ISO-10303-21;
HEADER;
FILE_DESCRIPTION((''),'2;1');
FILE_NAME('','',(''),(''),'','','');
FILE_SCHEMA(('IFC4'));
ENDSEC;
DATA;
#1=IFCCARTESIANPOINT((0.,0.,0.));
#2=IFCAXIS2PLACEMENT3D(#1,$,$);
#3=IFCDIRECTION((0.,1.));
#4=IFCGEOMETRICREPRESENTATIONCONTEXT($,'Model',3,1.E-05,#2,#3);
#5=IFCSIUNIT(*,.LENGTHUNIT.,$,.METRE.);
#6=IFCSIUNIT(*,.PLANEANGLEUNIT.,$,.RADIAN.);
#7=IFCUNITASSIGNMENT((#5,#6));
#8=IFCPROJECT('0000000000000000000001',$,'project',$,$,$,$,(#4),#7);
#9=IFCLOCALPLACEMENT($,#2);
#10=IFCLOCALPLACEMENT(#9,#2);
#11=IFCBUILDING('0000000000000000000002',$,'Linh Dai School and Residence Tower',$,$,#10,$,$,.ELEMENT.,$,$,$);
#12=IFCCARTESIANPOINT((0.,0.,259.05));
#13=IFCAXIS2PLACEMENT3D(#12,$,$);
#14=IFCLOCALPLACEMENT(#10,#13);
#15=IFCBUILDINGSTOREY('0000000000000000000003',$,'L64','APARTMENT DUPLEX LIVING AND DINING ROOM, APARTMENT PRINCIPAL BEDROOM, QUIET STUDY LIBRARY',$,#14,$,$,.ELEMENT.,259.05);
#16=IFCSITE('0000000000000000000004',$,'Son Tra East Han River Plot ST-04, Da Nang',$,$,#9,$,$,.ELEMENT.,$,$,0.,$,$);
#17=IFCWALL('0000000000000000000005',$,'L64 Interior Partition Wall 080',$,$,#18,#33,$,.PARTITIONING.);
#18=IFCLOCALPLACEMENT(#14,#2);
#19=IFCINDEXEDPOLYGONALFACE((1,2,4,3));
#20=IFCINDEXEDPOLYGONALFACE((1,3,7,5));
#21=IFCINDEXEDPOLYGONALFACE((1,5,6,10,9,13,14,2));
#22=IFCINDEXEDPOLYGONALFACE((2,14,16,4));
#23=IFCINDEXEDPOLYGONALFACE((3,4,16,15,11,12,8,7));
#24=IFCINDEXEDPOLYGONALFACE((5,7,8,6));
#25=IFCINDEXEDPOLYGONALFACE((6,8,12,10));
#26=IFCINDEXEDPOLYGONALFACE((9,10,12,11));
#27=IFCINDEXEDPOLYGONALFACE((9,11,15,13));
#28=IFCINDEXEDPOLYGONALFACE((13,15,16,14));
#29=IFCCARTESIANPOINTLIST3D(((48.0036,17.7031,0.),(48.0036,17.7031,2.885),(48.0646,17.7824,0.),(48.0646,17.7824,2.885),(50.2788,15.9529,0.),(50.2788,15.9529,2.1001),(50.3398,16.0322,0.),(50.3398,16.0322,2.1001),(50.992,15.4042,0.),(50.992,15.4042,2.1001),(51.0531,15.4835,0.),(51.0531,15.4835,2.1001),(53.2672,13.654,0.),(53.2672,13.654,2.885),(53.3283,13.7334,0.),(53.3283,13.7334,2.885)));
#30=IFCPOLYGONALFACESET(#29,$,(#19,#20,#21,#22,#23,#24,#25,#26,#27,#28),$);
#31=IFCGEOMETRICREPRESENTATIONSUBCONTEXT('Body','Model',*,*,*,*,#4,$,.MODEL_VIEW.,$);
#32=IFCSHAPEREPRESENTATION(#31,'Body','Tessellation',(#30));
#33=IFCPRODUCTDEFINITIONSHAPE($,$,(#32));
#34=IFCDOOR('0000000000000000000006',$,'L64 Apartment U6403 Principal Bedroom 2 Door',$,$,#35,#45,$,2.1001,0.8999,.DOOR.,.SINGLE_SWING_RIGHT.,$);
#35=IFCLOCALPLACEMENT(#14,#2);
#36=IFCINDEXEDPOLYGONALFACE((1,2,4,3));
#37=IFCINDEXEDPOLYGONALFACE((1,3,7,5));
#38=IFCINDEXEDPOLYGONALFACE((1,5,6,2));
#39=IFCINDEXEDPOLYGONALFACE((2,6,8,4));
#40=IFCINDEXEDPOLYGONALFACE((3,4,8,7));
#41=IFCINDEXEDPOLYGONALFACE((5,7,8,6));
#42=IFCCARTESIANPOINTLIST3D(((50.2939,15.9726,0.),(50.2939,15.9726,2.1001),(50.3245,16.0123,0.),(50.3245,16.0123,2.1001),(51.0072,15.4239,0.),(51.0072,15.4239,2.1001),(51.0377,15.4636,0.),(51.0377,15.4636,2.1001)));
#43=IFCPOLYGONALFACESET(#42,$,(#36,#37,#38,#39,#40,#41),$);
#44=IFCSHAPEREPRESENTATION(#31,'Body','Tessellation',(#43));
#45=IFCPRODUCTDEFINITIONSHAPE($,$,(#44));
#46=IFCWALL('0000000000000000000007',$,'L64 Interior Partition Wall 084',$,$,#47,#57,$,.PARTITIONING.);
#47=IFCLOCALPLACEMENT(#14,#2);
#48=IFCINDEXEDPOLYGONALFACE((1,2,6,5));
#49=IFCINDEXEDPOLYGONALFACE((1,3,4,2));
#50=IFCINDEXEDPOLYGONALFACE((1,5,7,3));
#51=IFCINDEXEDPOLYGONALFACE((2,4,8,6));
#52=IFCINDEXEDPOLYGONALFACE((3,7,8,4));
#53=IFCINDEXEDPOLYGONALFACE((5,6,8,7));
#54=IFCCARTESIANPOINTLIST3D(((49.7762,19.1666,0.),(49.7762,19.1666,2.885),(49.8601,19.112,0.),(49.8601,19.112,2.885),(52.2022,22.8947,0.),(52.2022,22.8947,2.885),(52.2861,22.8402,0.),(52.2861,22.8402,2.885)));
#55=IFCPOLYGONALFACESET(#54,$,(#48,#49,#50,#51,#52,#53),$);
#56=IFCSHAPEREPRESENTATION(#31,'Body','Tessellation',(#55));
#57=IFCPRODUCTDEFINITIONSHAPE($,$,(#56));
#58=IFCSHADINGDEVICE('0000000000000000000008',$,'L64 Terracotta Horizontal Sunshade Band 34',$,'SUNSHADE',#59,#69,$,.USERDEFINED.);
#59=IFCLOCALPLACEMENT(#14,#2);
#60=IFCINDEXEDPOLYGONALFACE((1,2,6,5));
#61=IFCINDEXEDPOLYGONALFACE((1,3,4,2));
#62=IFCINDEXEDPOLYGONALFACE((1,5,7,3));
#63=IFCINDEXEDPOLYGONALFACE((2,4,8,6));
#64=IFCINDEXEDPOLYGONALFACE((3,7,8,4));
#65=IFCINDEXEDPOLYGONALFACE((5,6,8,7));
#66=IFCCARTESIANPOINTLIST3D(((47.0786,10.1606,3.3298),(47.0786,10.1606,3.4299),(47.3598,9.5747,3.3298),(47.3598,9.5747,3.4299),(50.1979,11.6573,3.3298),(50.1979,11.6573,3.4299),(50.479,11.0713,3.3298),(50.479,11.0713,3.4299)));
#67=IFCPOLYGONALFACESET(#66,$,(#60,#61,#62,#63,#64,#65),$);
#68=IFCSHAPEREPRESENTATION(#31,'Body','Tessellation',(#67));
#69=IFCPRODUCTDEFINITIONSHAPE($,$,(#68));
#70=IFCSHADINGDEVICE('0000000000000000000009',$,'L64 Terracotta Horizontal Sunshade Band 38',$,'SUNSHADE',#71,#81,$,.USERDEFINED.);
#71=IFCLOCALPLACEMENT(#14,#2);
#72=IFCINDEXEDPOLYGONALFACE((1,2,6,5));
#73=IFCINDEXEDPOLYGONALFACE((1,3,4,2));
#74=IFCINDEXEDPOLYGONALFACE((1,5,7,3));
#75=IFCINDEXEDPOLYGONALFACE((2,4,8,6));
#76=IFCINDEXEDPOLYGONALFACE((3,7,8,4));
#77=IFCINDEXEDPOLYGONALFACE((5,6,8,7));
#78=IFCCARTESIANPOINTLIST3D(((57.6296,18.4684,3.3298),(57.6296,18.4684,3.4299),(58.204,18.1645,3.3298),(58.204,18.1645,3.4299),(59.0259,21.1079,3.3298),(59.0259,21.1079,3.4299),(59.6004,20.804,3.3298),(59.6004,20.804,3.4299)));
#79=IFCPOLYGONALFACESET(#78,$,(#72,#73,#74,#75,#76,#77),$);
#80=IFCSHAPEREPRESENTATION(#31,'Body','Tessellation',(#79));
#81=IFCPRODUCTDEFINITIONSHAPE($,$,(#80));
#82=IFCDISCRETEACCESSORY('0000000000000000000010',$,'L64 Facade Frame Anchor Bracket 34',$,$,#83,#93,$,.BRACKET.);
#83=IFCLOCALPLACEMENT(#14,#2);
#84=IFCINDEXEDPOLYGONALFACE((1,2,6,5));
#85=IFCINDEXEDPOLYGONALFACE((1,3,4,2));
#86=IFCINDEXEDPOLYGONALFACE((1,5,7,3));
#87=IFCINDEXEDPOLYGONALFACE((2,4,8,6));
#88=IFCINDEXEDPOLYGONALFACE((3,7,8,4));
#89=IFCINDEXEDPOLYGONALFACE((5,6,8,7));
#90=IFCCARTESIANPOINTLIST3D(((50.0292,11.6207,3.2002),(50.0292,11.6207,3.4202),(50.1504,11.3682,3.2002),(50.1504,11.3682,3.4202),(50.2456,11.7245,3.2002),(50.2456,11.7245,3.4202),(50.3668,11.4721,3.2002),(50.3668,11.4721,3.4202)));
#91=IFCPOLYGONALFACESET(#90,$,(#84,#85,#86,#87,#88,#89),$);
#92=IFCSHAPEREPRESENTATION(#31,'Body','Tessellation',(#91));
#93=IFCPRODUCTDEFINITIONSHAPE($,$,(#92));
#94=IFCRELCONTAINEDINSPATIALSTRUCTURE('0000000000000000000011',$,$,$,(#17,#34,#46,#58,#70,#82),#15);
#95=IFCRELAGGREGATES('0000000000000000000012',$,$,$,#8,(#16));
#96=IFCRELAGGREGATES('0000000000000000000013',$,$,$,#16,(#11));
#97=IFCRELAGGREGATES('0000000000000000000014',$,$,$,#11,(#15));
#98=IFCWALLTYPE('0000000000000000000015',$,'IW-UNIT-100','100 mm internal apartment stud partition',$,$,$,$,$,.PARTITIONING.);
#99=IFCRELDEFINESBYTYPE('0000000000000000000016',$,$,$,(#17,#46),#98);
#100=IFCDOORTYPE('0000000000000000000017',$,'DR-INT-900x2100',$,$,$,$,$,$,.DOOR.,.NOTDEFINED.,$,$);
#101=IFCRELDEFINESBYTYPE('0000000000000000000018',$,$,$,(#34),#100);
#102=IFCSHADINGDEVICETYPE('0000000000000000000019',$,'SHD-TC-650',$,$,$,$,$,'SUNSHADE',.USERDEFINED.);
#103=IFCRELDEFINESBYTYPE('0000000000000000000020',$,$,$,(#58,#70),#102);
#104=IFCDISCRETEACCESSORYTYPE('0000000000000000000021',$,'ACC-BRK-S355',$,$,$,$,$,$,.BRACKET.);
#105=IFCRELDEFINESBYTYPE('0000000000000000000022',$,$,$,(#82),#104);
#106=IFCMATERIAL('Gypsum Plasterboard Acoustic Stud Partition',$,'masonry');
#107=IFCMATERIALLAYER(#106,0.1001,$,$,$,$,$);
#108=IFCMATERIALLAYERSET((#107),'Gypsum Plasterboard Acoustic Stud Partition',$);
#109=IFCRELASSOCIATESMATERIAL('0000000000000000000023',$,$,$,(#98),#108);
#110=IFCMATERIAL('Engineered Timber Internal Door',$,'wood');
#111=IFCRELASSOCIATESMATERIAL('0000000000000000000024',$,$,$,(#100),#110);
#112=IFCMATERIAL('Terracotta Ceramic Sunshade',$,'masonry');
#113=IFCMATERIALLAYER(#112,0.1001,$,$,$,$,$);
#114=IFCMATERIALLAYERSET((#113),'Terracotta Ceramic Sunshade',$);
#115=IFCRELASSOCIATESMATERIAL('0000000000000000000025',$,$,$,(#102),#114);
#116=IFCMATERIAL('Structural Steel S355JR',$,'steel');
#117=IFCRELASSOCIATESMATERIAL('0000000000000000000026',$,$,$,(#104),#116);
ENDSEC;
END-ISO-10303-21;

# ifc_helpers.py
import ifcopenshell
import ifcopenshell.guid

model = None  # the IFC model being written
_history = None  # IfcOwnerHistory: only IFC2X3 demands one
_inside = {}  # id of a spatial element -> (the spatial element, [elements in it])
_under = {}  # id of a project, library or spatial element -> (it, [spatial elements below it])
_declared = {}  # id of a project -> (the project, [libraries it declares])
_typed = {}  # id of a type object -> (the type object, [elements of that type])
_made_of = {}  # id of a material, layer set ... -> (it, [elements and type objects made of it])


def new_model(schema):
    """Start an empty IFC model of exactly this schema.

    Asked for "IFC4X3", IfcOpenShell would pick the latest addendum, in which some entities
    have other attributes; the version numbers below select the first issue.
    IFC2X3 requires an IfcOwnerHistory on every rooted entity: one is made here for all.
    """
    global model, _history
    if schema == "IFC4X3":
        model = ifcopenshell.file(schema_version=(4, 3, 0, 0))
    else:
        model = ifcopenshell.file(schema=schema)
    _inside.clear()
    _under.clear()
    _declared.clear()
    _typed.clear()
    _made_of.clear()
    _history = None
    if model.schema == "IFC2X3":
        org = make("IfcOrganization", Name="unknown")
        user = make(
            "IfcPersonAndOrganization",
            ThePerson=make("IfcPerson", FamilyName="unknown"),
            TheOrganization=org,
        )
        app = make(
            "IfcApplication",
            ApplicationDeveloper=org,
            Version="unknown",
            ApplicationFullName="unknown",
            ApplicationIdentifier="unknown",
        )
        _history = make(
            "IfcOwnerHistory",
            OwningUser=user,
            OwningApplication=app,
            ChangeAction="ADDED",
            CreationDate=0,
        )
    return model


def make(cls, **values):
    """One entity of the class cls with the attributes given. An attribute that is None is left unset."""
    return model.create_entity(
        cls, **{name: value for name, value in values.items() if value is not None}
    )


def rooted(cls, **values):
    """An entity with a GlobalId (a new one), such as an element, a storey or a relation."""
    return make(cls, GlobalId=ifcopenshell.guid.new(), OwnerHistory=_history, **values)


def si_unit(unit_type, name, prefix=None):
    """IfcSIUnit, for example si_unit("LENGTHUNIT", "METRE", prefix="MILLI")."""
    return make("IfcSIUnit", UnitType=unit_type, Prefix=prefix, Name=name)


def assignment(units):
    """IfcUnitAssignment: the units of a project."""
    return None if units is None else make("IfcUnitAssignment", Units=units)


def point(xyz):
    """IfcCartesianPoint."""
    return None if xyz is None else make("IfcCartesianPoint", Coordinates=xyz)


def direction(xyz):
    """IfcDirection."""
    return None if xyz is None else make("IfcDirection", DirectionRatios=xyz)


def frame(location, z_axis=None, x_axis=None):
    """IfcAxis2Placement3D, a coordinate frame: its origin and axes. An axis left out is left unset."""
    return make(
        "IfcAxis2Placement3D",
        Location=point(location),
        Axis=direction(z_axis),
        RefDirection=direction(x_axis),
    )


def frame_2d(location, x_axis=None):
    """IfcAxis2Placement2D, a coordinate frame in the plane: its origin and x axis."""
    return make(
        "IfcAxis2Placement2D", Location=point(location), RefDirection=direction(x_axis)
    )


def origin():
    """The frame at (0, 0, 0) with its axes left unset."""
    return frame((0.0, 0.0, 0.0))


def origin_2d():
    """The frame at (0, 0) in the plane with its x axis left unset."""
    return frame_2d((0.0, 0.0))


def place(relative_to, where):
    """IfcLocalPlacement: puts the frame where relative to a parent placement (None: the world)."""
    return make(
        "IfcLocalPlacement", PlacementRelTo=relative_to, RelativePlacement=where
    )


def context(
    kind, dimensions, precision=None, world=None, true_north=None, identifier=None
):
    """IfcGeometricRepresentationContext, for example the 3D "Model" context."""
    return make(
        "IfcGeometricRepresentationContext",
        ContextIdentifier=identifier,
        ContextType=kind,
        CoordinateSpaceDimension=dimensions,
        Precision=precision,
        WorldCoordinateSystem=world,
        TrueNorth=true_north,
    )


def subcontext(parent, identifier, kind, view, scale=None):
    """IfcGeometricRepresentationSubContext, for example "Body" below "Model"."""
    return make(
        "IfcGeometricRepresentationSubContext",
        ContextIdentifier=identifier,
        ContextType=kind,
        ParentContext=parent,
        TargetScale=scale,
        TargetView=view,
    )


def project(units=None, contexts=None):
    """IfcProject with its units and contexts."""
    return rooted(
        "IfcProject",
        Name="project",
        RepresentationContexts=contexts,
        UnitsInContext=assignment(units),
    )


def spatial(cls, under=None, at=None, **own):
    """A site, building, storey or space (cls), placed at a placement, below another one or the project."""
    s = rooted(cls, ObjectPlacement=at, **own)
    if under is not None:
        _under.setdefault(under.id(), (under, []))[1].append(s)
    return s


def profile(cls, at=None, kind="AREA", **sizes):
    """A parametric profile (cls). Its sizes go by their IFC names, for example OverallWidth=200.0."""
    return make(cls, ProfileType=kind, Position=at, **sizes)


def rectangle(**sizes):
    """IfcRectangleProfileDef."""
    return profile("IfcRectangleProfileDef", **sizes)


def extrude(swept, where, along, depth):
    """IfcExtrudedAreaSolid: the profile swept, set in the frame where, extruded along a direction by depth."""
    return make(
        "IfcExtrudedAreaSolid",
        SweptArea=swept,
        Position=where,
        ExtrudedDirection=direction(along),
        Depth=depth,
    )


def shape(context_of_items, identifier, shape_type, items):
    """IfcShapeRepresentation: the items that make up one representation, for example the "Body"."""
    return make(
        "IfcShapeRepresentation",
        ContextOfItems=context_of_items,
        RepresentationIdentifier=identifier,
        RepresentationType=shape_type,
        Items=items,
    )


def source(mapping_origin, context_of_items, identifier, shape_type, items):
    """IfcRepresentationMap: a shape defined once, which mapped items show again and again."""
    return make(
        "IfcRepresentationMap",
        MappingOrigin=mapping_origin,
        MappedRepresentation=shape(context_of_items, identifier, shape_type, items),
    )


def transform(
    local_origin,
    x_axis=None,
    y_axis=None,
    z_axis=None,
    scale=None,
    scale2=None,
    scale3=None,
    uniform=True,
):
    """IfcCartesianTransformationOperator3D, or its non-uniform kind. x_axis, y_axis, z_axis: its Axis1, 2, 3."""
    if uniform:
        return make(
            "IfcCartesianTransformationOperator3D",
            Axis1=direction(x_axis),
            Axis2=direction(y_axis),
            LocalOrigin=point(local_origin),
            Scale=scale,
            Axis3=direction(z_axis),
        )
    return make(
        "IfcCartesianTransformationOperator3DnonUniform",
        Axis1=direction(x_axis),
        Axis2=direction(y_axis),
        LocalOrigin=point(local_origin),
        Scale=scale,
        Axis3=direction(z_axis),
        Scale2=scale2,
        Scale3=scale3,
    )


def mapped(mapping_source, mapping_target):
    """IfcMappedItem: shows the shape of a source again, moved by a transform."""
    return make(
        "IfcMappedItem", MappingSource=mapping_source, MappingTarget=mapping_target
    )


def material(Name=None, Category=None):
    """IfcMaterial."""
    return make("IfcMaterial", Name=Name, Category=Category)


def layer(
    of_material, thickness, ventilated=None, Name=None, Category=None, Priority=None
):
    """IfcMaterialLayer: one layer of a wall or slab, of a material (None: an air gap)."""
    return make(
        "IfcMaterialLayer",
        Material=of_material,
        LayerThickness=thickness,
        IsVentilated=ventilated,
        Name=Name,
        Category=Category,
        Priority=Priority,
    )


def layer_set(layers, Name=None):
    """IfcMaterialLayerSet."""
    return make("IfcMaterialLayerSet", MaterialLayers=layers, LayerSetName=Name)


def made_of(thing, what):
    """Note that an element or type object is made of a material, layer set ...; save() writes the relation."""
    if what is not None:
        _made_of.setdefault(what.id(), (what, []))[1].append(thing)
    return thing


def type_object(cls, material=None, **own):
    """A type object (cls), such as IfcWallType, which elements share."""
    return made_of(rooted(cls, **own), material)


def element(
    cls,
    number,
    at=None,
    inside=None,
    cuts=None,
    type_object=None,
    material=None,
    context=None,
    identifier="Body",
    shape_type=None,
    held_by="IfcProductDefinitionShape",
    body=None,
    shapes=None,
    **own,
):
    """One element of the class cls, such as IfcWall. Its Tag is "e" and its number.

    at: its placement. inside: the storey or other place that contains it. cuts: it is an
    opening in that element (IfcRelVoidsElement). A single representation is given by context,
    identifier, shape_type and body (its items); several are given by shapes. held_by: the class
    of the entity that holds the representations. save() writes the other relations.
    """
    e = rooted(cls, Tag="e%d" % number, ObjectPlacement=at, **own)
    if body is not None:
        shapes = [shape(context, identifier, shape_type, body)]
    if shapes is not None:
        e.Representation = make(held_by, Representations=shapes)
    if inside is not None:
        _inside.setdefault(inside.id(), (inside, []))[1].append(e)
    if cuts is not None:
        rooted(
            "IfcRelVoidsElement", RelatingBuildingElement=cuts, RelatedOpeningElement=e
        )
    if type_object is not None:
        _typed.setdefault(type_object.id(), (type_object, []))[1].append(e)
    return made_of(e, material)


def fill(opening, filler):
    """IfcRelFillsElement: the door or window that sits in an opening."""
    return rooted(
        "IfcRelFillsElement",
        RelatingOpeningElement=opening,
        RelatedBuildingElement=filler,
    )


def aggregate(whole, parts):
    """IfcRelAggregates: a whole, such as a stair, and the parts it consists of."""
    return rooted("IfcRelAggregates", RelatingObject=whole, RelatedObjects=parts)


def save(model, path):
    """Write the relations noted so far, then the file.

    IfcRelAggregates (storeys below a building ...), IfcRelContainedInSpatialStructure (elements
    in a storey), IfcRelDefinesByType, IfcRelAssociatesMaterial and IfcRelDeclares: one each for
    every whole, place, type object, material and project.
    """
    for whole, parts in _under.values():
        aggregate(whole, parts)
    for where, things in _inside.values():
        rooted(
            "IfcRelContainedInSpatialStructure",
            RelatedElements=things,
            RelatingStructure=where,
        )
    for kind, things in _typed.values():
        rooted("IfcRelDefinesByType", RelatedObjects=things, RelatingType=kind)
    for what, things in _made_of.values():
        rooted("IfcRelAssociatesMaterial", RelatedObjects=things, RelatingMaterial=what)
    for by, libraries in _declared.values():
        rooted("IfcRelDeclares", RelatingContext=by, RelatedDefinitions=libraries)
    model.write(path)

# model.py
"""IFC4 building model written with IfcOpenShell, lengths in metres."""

from ifc_helpers import new_model, si_unit, direction, frame, frame_2d, origin, origin_2d, place, context, subcontext, project, spatial, rectangle, extrude, source, transform, mapped, material, layer, layer_set, type_object, element, fill, save


model = new_model("IFC4")

# Units and contexts
model_context = context("Model", 3, precision=1e-05, world=origin(), true_north=direction((0.0, 1.0)))
body_context = subcontext(model_context, "Body", "Model", "MODEL_VIEW")
ifc_project = project(units=[si_unit("LENGTHUNIT", "METRE"), si_unit("PLANEANGLEUNIT", "RADIAN")], contexts=[model_context])

# Site, building, storey
site_placement = place(None, origin())
site = spatial("IfcSite", under=ifc_project, at=site_placement, Name="Son Tra East Han River Plot ST-04, Da Nang", CompositionType="ELEMENT", RefElevation=0.0)
building_placement = place(site_placement, origin())
building = spatial("IfcBuilding", under=site, at=building_placement, Name="Linh Dai School and Residence Tower", CompositionType="ELEMENT")
storey_placement = place(building_placement, frame((0.0, 0.0, 259.05)))
storey = spatial("IfcBuildingStorey", under=building, at=storey_placement, Name="L64", Description="APARTMENT DUPLEX LIVING AND DINING ROOM, APARTMENT PRINCIPAL BEDROOM, QUIET STUDY LIBRARY", CompositionType="ELEMENT", Elevation=259.05)

# Shared definitions
ifc_material_1 = material(Name="Structural Steel S355JR", Category="steel")

# Shared definitions
ifc_material_2 = material(Name="Gypsum Plasterboard Acoustic Stud Partition", Category="masonry")
ifc_layer_1 = layer(ifc_material_2, 0.1001)
ifc_layer_set_1 = layer_set([ifc_layer_1], Name="Gypsum Plasterboard Acoustic Stud Partition")
wall_type_1 = type_object("IfcWallType", Name="IW-UNIT-100", Description="100 mm internal apartment stud partition", PredefinedType="PARTITIONING", material=ifc_layer_set_1)

# Wall, opening, door
wall_1_placement = place(storey_placement, frame((48.0342, 17.7427, 0.0), z_axis=(0.0, 0.0, 1.0), x_axis=(0.792617, -0.60972, 0.0)))
wall_1 = element("IfcWall", 1, at=wall_1_placement, inside=storey, type_object=wall_type_1, Name="L64 Interior Partition Wall 080", PredefinedType="PARTITIONING", context=body_context, shape_type="SweptSolid", body=[
    extrude(rectangle(XDim=6.6409, YDim=0.1001, at=frame_2d((3.3203, 0.0))), origin(), (0.0, 0.0, 1.0), 2.885),
])
opening_1_placement = place(wall_1_placement, frame((2.8704, 0.0, 0.0)))
opening_1 = element("IfcOpeningElement", 2, at=opening_1_placement, cuts=wall_1, PredefinedType="OPENING", context=body_context, shape_type="SweptSolid", body=[
    extrude(rectangle(XDim=0.8999, YDim=2.1001, at=origin_2d()), frame((0.45, 0.0601, 1.05), z_axis=(0.0, -1.0, 0.0), x_axis=(1.0, 0.0, 0.0)), (0.0, 0.0, 1.0), 0.1201),
])
ifc_material_3 = material(Name="Engineered Timber Internal Door", Category="wood")
door_type = type_object("IfcDoorType", Name="DR-INT-900x2100", OperationType="NOTDEFINED", PredefinedType="DOOR", material=ifc_material_3)
shared_shape_1 = source(origin(), body_context, "Body", "SweptSolid", [
    extrude(rectangle(XDim=0.8999, YDim=2.1001, at=origin_2d()), frame((0.45, 0.0249, 1.05), z_axis=(0.0, -1.0, 0.0), x_axis=(1.0, 0.0, 0.0)), (0.0, 0.0, 1.0), 0.05),
])
door_placement = place(opening_1_placement, origin())
door = element("IfcDoor", 3, at=door_placement, inside=storey, type_object=door_type, Name="L64 Apartment U6403 Principal Bedroom 2 Door", OperationType="SINGLE_SWING_RIGHT", OverallHeight=2.1001, OverallWidth=0.8999, PredefinedType="DOOR", context=body_context, shape_type="MappedRepresentation", body=[
    mapped(shared_shape_1, transform((0.0, 0.0, 0.0), x_axis=(1.0, 0.0, 0.0), y_axis=(0.0, 1.0, 0.0), z_axis=(0.0, 0.0, 1.0), scale=1.0)),
])
fill(opening_1, door)

# Wall
wall_2_placement = place(storey_placement, frame((49.8181, 19.1392, 0.0), z_axis=(0.0, 0.0, 1.0), x_axis=(0.545407, 0.838171, 0.0)))
element("IfcWall", 4, at=wall_2_placement, inside=storey, type_object=wall_type_1, Name="L64 Interior Partition Wall 084", PredefinedType="PARTITIONING", context=body_context, shape_type="SweptSolid", body=[
    extrude(rectangle(XDim=4.448, YDim=0.1001, at=frame_2d((2.2241, 0.0))), origin(), (0.0, 0.0, 1.0), 2.885),
])

# Shading devices
ifc_material_4 = material(Name="Terracotta Ceramic Sunshade", Category="masonry")
ifc_layer_2 = layer(ifc_material_4, 0.1001)
ifc_layer_set_2 = layer_set([ifc_layer_2], Name="Terracotta Ceramic Sunshade")
shading_device_type = type_object("IfcShadingDeviceType", Name="SHD-TC-650", ElementType="SUNSHADE", PredefinedType="USERDEFINED", material=ifc_layer_set_2)
shared_shape_2 = source(origin(), body_context, "Body", "SweptSolid", [
    extrude(rectangle(XDim=3.4597, YDim=0.6499, at=origin_2d()), origin(), (0.0, 0.0, 1.0), 0.1001),
])
shading_device_1_placement = place(storey_placement, frame((48.7788, 10.616, 3.3298), z_axis=(0.0, 0.0, 1.0), x_axis=(-0.901589, -0.432594, 0.0)))
element("IfcShadingDevice", 5, at=shading_device_1_placement, inside=storey, type_object=shading_device_type, Name="L64 Terracotta Horizontal Sunshade Band 34", ObjectType="SUNSHADE", PredefinedType="USERDEFINED", context=body_context, shape_type="MappedRepresentation", body=[
    mapped(shared_shape_2, transform((0.0, 0.0, 0.0), x_axis=(1.0, 0.0, 0.0), y_axis=(0.0, 1.0, 0.0), z_axis=(0.0, 0.0, 1.0), scale=1.0)),
])
shared_shape_3 = source(origin(), body_context, "Body", "SweptSolid", [
    extrude(rectangle(XDim=2.9861, YDim=0.6499, at=origin_2d()), origin(), (0.0, 0.0, 1.0), 0.1001),
])
shading_device_2_placement = place(storey_placement, frame((58.615, 19.6362, 3.3298), z_axis=(0.0, 0.0, 1.0), x_axis=(-0.467621, -0.883929, 0.0)))
element("IfcShadingDevice", 6, at=shading_device_2_placement, inside=storey, type_object=shading_device_type, Name="L64 Terracotta Horizontal Sunshade Band 38", ObjectType="SUNSHADE", PredefinedType="USERDEFINED", context=body_context, shape_type="MappedRepresentation", body=[
    mapped(shared_shape_3, transform((0.0, 0.0, 0.0), x_axis=(1.0, 0.0, 0.0), y_axis=(0.0, 1.0, 0.0), z_axis=(0.0, 0.0, 1.0), scale=1.0)),
])

# Discrete accessory
discrete_accessory_type = type_object("IfcDiscreteAccessoryType", Name="ACC-BRK-S355", PredefinedType="BRACKET", material=ifc_material_1)
shared_shape_4 = source(origin(), body_context, "Body", "SweptSolid", [
    extrude(rectangle(XDim=0.28, YDim=0.24, at=origin_2d()), origin(), (0.0, 0.0, 1.0), 0.22),
])
discrete_accessory_placement = place(storey_placement, frame((50.198, 11.5464, 3.2002), z_axis=(0.0, 0.0, 1.0), x_axis=(0.432594, -0.901589, 0.0)))
element("IfcDiscreteAccessory", 7, at=discrete_accessory_placement, inside=storey, type_object=discrete_accessory_type, Name="L64 Facade Frame Anchor Bracket 34", PredefinedType="BRACKET", context=body_context, shape_type="MappedRepresentation", body=[
    mapped(shared_shape_4, transform((0.0, 0.0, 0.0), x_axis=(1.0, 0.0, 0.0), y_axis=(0.0, 1.0, 0.0), z_axis=(0.0, 0.0, 1.0), scale=1.0)),
])

save(model, "model.ifc")
